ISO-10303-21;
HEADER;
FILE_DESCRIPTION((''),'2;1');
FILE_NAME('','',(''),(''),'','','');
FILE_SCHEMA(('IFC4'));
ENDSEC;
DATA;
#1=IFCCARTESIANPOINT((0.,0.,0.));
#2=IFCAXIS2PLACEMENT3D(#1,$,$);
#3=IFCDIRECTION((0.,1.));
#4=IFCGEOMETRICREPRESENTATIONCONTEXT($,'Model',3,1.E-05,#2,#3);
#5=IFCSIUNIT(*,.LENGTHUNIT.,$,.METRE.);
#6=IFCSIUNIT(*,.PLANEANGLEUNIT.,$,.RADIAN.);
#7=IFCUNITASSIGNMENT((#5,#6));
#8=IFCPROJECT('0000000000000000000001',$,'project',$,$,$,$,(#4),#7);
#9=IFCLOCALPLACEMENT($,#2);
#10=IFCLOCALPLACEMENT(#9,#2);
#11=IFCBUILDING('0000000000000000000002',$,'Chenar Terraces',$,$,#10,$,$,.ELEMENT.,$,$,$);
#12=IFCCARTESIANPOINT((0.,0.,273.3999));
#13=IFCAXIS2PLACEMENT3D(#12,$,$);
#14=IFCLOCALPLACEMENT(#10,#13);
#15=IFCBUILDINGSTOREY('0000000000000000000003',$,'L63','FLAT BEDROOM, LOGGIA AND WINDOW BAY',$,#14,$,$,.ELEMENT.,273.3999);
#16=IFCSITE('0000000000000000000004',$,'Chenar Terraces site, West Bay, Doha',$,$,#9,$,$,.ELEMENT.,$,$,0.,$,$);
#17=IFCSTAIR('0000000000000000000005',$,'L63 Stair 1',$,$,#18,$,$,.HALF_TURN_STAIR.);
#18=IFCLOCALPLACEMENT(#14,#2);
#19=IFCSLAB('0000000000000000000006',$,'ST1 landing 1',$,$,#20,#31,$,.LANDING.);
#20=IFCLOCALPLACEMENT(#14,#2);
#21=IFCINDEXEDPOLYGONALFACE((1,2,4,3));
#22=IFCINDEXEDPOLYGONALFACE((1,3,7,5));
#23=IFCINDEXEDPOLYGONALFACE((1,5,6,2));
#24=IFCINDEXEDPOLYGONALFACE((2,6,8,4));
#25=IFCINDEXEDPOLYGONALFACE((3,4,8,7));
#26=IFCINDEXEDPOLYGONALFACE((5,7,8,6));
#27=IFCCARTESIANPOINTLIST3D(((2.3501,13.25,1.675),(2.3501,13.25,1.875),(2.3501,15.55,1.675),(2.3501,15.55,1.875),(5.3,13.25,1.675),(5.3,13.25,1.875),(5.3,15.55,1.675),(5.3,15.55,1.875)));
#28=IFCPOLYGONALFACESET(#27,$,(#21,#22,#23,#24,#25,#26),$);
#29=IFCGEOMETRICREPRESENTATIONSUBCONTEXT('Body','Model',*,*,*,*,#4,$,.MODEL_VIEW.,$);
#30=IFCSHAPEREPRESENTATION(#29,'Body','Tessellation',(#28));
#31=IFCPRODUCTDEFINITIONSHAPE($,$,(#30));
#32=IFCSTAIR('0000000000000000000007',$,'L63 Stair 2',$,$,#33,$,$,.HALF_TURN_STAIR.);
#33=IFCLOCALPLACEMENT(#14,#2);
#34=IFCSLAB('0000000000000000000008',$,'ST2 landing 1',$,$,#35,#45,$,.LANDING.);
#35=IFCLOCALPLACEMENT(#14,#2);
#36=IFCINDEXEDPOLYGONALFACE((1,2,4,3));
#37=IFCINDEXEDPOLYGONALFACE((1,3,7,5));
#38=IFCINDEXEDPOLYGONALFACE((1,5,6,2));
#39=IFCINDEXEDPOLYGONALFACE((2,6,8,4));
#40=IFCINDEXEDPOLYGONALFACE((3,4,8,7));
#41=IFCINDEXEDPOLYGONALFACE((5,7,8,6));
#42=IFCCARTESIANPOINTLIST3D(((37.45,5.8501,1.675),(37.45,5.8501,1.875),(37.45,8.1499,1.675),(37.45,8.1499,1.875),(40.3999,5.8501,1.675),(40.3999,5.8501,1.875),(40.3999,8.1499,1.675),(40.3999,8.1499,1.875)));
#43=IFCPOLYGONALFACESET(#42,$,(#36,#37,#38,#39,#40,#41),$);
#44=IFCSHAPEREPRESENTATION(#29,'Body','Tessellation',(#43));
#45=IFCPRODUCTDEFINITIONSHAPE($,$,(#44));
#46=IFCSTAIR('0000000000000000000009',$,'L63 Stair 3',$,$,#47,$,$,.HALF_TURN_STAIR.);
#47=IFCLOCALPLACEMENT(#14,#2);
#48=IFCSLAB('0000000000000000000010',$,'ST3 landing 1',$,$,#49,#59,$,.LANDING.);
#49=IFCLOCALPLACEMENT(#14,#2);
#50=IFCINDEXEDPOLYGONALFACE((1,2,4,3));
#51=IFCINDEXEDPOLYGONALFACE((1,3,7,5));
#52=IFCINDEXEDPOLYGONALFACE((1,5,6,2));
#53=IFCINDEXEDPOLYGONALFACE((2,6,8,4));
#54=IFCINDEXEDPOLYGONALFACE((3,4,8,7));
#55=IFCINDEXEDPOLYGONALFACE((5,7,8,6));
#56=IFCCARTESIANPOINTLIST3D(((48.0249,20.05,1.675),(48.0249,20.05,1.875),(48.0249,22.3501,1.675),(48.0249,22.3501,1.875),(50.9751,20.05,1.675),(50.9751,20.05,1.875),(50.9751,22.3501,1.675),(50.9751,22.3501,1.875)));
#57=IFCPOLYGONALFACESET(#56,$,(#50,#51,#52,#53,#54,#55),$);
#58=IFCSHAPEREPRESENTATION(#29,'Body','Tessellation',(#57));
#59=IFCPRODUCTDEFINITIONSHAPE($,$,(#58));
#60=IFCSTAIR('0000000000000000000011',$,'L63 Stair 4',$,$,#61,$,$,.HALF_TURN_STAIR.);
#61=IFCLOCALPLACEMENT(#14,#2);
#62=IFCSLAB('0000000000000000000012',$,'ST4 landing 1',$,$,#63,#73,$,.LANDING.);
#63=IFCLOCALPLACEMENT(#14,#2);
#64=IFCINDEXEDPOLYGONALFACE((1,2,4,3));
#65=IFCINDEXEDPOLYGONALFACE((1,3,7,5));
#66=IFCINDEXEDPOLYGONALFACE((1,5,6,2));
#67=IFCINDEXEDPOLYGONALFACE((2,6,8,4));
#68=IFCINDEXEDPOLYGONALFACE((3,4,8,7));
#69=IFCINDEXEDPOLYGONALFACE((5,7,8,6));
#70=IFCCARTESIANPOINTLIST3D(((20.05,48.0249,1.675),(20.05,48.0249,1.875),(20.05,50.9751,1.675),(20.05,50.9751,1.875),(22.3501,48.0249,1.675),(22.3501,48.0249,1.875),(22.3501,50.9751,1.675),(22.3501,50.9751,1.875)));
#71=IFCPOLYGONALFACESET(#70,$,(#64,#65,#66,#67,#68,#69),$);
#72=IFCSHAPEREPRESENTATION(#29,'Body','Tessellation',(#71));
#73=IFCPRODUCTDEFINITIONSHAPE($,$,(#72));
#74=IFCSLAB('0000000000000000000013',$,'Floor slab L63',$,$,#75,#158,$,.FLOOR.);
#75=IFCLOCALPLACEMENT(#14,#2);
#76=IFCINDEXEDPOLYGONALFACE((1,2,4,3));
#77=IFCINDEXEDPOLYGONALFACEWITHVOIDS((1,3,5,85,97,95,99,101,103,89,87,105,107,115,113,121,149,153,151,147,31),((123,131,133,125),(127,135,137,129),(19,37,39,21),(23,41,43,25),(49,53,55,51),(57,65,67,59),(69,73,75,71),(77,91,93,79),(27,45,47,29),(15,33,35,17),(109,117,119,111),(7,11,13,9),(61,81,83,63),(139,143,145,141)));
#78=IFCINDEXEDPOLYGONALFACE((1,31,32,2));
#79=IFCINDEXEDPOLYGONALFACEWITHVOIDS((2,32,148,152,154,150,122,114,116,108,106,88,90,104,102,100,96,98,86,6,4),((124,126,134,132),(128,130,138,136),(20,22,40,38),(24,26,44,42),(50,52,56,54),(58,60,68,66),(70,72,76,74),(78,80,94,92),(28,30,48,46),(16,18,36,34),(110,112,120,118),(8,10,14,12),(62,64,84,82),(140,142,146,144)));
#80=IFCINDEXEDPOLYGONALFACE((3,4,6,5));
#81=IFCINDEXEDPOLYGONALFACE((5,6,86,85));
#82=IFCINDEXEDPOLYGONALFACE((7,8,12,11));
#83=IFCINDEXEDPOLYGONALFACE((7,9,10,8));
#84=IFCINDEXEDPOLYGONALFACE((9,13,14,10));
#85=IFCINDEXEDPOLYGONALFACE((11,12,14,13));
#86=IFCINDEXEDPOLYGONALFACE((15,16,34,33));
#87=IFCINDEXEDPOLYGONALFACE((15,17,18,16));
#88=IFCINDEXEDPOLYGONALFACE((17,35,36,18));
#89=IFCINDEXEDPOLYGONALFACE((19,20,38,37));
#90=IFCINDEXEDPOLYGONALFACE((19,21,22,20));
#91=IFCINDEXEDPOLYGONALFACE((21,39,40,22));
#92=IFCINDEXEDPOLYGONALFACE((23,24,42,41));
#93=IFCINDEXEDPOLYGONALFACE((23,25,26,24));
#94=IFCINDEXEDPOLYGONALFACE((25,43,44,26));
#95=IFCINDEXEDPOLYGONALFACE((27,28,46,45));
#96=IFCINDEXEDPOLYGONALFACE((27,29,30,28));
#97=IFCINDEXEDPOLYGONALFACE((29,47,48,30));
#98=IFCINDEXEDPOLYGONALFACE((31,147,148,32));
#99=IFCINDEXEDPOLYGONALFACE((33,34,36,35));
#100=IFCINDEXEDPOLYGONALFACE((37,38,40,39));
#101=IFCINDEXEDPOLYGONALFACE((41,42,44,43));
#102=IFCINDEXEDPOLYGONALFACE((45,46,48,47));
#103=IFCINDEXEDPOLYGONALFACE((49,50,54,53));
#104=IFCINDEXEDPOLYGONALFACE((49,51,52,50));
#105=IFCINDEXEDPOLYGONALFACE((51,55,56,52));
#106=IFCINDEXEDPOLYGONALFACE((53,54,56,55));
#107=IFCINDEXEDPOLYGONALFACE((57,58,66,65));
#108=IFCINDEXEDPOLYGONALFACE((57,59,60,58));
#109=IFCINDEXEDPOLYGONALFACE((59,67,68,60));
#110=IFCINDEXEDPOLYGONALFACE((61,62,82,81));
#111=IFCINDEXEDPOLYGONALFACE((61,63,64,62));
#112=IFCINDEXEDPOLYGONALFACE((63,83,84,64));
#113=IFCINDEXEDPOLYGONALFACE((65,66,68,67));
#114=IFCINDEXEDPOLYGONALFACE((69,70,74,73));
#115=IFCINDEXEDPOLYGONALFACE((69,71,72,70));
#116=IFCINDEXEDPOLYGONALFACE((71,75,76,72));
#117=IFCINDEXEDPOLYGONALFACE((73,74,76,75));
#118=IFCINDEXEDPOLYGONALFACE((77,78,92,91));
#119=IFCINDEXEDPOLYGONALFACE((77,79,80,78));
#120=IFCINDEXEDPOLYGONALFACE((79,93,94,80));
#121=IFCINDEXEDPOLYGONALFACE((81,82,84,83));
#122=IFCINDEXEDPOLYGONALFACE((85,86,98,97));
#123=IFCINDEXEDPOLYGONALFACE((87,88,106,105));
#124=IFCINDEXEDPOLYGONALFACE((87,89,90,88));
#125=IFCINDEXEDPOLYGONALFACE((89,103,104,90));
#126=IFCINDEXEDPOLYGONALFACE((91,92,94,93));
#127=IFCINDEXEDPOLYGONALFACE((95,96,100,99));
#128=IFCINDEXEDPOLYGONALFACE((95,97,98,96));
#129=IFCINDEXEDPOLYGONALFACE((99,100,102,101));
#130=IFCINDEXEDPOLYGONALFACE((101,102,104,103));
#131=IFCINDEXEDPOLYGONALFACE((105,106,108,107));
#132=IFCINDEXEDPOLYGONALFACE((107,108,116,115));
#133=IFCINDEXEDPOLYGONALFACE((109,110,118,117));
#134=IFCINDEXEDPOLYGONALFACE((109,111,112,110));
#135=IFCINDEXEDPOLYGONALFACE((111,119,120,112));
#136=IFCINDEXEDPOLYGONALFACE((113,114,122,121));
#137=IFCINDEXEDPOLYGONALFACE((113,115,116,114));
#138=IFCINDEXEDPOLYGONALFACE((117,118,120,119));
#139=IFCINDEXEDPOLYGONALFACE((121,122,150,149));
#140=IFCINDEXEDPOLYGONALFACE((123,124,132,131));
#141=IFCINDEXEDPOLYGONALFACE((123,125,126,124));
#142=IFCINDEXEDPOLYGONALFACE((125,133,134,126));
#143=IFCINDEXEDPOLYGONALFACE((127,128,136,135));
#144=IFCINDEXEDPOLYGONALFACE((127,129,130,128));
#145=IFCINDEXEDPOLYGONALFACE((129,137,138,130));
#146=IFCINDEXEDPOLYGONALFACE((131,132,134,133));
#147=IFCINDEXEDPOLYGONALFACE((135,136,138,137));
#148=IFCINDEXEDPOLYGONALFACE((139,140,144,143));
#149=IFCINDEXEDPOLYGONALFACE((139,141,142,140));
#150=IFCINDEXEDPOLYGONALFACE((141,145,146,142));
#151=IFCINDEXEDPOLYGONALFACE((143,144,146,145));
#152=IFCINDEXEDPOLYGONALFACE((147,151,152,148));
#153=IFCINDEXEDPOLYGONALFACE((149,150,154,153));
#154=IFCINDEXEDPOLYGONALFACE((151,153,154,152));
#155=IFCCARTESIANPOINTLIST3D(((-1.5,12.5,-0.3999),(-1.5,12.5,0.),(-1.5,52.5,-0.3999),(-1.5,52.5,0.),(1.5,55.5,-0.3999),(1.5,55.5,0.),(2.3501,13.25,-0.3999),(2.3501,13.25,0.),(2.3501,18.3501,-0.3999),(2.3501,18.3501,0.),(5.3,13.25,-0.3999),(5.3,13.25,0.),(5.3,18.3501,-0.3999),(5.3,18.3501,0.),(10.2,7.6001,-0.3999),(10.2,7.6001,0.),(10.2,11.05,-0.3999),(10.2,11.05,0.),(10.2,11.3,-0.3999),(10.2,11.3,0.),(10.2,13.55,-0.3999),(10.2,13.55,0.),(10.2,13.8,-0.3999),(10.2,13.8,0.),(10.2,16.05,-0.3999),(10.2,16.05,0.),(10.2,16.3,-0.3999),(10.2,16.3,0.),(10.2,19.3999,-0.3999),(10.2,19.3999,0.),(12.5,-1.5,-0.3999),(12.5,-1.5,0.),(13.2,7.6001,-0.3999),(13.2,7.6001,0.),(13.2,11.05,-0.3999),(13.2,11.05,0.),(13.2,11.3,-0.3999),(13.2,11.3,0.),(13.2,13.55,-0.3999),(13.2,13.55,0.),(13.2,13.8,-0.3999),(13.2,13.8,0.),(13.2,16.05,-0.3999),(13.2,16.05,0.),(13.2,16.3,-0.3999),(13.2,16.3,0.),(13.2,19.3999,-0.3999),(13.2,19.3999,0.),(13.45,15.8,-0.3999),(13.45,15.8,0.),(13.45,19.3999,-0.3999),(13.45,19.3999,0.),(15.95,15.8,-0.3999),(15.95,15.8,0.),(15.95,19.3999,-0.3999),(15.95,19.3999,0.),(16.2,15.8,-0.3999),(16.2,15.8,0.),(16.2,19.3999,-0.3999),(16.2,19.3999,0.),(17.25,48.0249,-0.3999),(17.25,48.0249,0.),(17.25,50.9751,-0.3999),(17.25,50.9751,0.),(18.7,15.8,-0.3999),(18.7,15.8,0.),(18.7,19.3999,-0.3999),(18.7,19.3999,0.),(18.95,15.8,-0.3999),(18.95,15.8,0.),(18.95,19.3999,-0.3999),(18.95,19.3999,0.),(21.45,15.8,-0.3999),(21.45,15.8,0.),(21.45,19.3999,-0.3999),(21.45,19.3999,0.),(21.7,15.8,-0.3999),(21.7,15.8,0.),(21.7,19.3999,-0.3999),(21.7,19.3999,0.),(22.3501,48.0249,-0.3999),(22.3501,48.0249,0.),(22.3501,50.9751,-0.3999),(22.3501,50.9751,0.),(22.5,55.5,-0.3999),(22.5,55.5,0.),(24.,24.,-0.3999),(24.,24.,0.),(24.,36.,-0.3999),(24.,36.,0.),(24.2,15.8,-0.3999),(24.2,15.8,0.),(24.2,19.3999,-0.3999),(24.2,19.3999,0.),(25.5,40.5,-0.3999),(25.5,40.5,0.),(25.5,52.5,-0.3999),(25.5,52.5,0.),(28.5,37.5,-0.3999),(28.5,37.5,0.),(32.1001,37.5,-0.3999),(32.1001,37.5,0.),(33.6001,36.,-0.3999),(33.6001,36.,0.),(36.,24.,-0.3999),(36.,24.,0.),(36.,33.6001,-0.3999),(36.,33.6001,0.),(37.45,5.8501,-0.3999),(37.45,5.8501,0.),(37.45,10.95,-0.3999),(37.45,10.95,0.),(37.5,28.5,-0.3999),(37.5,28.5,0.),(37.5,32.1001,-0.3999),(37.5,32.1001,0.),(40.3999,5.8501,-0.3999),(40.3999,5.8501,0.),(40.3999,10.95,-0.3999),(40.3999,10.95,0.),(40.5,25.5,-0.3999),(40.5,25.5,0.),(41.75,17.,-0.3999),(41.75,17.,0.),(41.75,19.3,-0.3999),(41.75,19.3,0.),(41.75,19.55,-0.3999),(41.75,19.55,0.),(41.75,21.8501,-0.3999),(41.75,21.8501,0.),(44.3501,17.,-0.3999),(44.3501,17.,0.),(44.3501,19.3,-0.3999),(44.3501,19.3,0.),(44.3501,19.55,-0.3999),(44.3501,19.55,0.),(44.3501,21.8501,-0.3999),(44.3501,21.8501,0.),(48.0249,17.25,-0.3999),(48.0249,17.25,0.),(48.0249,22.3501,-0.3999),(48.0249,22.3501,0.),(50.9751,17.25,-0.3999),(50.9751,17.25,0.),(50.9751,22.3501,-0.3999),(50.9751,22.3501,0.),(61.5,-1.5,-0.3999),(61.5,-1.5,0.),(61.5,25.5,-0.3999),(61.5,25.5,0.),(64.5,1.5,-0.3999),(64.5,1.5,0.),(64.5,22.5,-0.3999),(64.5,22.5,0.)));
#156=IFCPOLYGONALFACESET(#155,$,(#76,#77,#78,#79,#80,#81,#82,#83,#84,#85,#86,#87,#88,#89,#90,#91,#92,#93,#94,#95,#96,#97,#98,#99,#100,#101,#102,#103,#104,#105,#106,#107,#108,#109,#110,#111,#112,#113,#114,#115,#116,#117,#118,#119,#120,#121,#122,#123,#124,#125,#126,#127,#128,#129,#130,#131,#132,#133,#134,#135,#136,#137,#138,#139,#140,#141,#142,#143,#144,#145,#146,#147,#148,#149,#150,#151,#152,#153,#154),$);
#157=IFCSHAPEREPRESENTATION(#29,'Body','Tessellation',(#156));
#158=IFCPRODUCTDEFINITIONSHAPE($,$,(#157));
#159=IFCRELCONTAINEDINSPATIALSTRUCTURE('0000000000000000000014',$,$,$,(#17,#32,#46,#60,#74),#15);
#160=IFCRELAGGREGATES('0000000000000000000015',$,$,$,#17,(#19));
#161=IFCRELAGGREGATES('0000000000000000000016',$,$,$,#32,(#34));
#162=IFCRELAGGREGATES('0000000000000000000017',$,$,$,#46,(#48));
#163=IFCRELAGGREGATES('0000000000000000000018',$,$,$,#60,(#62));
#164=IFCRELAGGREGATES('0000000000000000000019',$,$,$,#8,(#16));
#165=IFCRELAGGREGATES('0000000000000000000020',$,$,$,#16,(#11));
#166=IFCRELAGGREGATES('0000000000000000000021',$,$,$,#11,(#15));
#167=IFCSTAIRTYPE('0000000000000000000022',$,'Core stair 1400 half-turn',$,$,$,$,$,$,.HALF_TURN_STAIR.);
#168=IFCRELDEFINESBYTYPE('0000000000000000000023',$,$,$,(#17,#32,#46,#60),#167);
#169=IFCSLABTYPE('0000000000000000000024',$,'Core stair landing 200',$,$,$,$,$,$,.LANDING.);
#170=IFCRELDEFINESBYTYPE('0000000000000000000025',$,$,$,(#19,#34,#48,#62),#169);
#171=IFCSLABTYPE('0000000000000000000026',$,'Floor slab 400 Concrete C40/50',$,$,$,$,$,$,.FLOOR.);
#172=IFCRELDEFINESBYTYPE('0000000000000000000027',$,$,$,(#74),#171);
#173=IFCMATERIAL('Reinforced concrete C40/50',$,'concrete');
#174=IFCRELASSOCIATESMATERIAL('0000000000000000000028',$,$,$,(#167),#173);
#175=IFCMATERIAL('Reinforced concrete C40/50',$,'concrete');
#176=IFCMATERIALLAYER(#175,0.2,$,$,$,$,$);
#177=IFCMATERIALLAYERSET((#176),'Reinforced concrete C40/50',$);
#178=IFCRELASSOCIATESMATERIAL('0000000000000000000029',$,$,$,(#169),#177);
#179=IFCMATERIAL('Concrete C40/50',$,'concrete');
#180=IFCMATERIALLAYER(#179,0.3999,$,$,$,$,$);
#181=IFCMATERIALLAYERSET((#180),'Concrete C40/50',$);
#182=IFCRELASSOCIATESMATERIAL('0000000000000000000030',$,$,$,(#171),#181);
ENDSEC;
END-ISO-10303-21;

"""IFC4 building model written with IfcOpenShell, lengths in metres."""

from ifc_helpers import new_model, si_unit, direction, frame, origin, place, context, subcontext, project, spatial, polyline, outline, extrude, material, layer, layer_set, type_object, element, aggregate, save


model = new_model("IFC4")

# Units and contexts
model_context = context("Model", 3, precision=1e-05, world=origin(), true_north=direction((0.0, 1.0)))
body_context = subcontext(model_context, "Body", "Model", "MODEL_VIEW")
ifc_project = project(units=[si_unit("LENGTHUNIT", "METRE"), si_unit("PLANEANGLEUNIT", "RADIAN")], contexts=[model_context])

# Site, building, storey
site_placement = place(None, origin())
site = spatial("IfcSite", under=ifc_project, at=site_placement, Name="Chenar Terraces site, West Bay, Doha", CompositionType="ELEMENT", RefElevation=0.0)
building_placement = place(site_placement, origin())
building = spatial("IfcBuilding", under=site, at=building_placement, Name="Chenar Terraces", CompositionType="ELEMENT")
storey_placement = place(building_placement, frame((0.0, 0.0, 273.3999)))
storey = spatial("IfcBuildingStorey", under=building, at=storey_placement, Name="L63", Description="FLAT BEDROOM, LOGGIA AND WINDOW BAY", CompositionType="ELEMENT", Elevation=273.3999)

# Stairs, slabs
ifc_material_1 = material(Name="Reinforced concrete C40/50", Category="concrete")
stair_type = type_object("IfcStairType", Name="Core stair 1400 half-turn", PredefinedType="HALF_TURN_STAIR", material=ifc_material_1)
placement_1 = place(storey_placement, origin())
stair_1 = element("IfcStair", 1, at=placement_1, inside=storey, type_object=stair_type, Name="L63 Stair 1", PredefinedType="HALF_TURN_STAIR")
ifc_material_2 = material(Name="Reinforced concrete C40/50", Category="concrete")
ifc_layer_1 = layer(ifc_material_2, 0.2)
ifc_layer_set_1 = layer_set([ifc_layer_1], Name="Reinforced concrete C40/50")
slab_type_1 = type_object("IfcSlabType", Name="Core stair landing 200", PredefinedType="LANDING", material=ifc_layer_set_1)
placement_2 = place(storey_placement, frame((0.0, 0.0, 1.675)))
slab_1 = element("IfcSlab", 2, at=placement_2, type_object=slab_type_1, Name="ST1 landing 1", PredefinedType="LANDING", context=body_context, shape_type="SweptSolid", body=[
    extrude(outline(polyline([(2.3501, 15.55), (2.3501, 13.25), (5.3, 13.25), (5.3, 15.55), (2.3501, 15.55)])), origin(), (0.0, 0.0, 1.0), 0.2),
])
aggregate(stair_1, [slab_1])
stair_2 = element("IfcStair", 3, at=placement_1, inside=storey, type_object=stair_type, Name="L63 Stair 2", PredefinedType="HALF_TURN_STAIR")
slab_2 = element("IfcSlab", 4, at=placement_2, type_object=slab_type_1, Name="ST2 landing 1", PredefinedType="LANDING", context=body_context, shape_type="SweptSolid", body=[
    extrude(outline(polyline([(37.45, 8.1499), (37.45, 5.8501), (40.3999, 5.8501), (40.3999, 8.1499), (37.45, 8.1499)])), origin(), (0.0, 0.0, 1.0), 0.2),
])
aggregate(stair_2, [slab_2])
stair_3 = element("IfcStair", 5, at=placement_1, inside=storey, type_object=stair_type, Name="L63 Stair 3", PredefinedType="HALF_TURN_STAIR")
slab_3 = element("IfcSlab", 6, at=placement_2, type_object=slab_type_1, Name="ST3 landing 1", PredefinedType="LANDING", context=body_context, shape_type="SweptSolid", body=[
    extrude(outline(polyline([(50.9751, 20.05), (50.9751, 22.3501), (48.0249, 22.3501), (48.0249, 20.05), (50.9751, 20.05)])), origin(), (0.0, 0.0, 1.0), 0.2),
])
aggregate(stair_3, [slab_3])
stair_4 = element("IfcStair", 7, at=placement_1, inside=storey, type_object=stair_type, Name="L63 Stair 4", PredefinedType="HALF_TURN_STAIR")
slab_4 = element("IfcSlab", 8, at=placement_2, type_object=slab_type_1, Name="ST4 landing 1", PredefinedType="LANDING", context=body_context, shape_type="SweptSolid", body=[
    extrude(outline(polyline([(20.05, 48.0249), (22.3501, 48.0249), (22.3501, 50.9751), (20.05, 50.9751), (20.05, 48.0249)])), origin(), (0.0, 0.0, 1.0), 0.2),
])
aggregate(stair_4, [slab_4])

# Slab
ifc_material_3 = material(Name="Concrete C40/50", Category="concrete")
ifc_layer_2 = layer(ifc_material_3, 0.3999)
ifc_layer_set_2 = layer_set([ifc_layer_2], Name="Concrete C40/50")
slab_type_2 = type_object("IfcSlabType", Name="Floor slab 400 Concrete C40/50", PredefinedType="FLOOR", material=ifc_layer_set_2)
slab_5_placement = place(storey_placement, frame((0.0, 0.0, -0.3999)))
element("IfcSlab", 9, at=slab_5_placement, inside=storey, type_object=slab_type_2, Name="Floor slab L63", PredefinedType="FLOOR", context=body_context, shape_type="SweptSolid", body=[
    extrude(outline(polyline([(64.5, 22.5), (64.5, 1.5), (61.5, -1.5), (12.5, -1.5), (-1.5, 12.5), (-1.5, 52.5), (1.5, 55.5), (22.5, 55.5), (25.5, 52.5), (25.5, 40.5), (28.5, 37.5), (32.1001, 37.5), (33.6001, 36.0), (24.0, 36.0), (24.0, 24.0), (36.0, 24.0), (36.0, 33.6001), (37.5, 32.1001), (37.5, 28.5), (40.5, 25.5), (61.5, 25.5), (64.5, 22.5)]), holes=[polyline([(10.2, 11.05), (10.2, 7.6001), (13.2, 7.6001), (13.2, 11.05), (10.2, 11.05)]), polyline([(13.2, 13.55), (10.2, 13.55), (10.2, 11.3), (13.2, 11.3), (13.2, 13.55)]), polyline([(13.2, 16.05), (10.2, 16.05), (10.2, 13.8), (13.2, 13.8), (13.2, 16.05)]), polyline([(2.3501, 13.25), (5.3, 13.25), (5.3, 18.3501), (2.3501, 18.3501), (2.3501, 13.25)]), polyline([(15.95, 19.3999), (13.45, 19.3999), (13.45, 15.8), (15.95, 15.8), (15.95, 19.3999)]), polyline([(18.7, 19.3999), (16.2, 19.3999), (16.2, 15.8), (18.7, 15.8), (18.7, 19.3999)]), polyline([(13.2, 19.3999), (10.2, 19.3999), (10.2, 16.3), (13.2, 16.3), (13.2, 19.3999)]), polyline([(22.3501, 48.0249), (22.3501, 50.9751), (17.25, 50.9751), (17.25, 48.0249), (22.3501, 48.0249)]), polyline([(37.45, 5.8501), (40.3999, 5.8501), (40.3999, 10.95), (37.45, 10.95), (37.45, 5.8501)]), polyline([(21.45, 19.3999), (18.95, 19.3999), (18.95, 15.8), (21.45, 15.8), (21.45, 19.3999)]), polyline([(24.2, 19.3999), (21.7, 19.3999), (21.7, 15.8), (24.2, 15.8), (24.2, 19.3999)]), polyline([(44.3501, 19.3), (41.75, 19.3), (41.75, 17.0), (44.3501, 17.0), (44.3501, 19.3)]), polyline([(50.9751, 22.3501), (48.0249, 22.3501), (48.0249, 17.25), (50.9751, 17.25), (50.9751, 22.3501)]), polyline([(44.3501, 21.8501), (41.75, 21.8501), (41.75, 19.55), (44.3501, 19.55), (44.3501, 21.8501)])]), origin(), (0.0, 0.0, 1.0), 0.3999),
])

save(model, "model.ifc")
